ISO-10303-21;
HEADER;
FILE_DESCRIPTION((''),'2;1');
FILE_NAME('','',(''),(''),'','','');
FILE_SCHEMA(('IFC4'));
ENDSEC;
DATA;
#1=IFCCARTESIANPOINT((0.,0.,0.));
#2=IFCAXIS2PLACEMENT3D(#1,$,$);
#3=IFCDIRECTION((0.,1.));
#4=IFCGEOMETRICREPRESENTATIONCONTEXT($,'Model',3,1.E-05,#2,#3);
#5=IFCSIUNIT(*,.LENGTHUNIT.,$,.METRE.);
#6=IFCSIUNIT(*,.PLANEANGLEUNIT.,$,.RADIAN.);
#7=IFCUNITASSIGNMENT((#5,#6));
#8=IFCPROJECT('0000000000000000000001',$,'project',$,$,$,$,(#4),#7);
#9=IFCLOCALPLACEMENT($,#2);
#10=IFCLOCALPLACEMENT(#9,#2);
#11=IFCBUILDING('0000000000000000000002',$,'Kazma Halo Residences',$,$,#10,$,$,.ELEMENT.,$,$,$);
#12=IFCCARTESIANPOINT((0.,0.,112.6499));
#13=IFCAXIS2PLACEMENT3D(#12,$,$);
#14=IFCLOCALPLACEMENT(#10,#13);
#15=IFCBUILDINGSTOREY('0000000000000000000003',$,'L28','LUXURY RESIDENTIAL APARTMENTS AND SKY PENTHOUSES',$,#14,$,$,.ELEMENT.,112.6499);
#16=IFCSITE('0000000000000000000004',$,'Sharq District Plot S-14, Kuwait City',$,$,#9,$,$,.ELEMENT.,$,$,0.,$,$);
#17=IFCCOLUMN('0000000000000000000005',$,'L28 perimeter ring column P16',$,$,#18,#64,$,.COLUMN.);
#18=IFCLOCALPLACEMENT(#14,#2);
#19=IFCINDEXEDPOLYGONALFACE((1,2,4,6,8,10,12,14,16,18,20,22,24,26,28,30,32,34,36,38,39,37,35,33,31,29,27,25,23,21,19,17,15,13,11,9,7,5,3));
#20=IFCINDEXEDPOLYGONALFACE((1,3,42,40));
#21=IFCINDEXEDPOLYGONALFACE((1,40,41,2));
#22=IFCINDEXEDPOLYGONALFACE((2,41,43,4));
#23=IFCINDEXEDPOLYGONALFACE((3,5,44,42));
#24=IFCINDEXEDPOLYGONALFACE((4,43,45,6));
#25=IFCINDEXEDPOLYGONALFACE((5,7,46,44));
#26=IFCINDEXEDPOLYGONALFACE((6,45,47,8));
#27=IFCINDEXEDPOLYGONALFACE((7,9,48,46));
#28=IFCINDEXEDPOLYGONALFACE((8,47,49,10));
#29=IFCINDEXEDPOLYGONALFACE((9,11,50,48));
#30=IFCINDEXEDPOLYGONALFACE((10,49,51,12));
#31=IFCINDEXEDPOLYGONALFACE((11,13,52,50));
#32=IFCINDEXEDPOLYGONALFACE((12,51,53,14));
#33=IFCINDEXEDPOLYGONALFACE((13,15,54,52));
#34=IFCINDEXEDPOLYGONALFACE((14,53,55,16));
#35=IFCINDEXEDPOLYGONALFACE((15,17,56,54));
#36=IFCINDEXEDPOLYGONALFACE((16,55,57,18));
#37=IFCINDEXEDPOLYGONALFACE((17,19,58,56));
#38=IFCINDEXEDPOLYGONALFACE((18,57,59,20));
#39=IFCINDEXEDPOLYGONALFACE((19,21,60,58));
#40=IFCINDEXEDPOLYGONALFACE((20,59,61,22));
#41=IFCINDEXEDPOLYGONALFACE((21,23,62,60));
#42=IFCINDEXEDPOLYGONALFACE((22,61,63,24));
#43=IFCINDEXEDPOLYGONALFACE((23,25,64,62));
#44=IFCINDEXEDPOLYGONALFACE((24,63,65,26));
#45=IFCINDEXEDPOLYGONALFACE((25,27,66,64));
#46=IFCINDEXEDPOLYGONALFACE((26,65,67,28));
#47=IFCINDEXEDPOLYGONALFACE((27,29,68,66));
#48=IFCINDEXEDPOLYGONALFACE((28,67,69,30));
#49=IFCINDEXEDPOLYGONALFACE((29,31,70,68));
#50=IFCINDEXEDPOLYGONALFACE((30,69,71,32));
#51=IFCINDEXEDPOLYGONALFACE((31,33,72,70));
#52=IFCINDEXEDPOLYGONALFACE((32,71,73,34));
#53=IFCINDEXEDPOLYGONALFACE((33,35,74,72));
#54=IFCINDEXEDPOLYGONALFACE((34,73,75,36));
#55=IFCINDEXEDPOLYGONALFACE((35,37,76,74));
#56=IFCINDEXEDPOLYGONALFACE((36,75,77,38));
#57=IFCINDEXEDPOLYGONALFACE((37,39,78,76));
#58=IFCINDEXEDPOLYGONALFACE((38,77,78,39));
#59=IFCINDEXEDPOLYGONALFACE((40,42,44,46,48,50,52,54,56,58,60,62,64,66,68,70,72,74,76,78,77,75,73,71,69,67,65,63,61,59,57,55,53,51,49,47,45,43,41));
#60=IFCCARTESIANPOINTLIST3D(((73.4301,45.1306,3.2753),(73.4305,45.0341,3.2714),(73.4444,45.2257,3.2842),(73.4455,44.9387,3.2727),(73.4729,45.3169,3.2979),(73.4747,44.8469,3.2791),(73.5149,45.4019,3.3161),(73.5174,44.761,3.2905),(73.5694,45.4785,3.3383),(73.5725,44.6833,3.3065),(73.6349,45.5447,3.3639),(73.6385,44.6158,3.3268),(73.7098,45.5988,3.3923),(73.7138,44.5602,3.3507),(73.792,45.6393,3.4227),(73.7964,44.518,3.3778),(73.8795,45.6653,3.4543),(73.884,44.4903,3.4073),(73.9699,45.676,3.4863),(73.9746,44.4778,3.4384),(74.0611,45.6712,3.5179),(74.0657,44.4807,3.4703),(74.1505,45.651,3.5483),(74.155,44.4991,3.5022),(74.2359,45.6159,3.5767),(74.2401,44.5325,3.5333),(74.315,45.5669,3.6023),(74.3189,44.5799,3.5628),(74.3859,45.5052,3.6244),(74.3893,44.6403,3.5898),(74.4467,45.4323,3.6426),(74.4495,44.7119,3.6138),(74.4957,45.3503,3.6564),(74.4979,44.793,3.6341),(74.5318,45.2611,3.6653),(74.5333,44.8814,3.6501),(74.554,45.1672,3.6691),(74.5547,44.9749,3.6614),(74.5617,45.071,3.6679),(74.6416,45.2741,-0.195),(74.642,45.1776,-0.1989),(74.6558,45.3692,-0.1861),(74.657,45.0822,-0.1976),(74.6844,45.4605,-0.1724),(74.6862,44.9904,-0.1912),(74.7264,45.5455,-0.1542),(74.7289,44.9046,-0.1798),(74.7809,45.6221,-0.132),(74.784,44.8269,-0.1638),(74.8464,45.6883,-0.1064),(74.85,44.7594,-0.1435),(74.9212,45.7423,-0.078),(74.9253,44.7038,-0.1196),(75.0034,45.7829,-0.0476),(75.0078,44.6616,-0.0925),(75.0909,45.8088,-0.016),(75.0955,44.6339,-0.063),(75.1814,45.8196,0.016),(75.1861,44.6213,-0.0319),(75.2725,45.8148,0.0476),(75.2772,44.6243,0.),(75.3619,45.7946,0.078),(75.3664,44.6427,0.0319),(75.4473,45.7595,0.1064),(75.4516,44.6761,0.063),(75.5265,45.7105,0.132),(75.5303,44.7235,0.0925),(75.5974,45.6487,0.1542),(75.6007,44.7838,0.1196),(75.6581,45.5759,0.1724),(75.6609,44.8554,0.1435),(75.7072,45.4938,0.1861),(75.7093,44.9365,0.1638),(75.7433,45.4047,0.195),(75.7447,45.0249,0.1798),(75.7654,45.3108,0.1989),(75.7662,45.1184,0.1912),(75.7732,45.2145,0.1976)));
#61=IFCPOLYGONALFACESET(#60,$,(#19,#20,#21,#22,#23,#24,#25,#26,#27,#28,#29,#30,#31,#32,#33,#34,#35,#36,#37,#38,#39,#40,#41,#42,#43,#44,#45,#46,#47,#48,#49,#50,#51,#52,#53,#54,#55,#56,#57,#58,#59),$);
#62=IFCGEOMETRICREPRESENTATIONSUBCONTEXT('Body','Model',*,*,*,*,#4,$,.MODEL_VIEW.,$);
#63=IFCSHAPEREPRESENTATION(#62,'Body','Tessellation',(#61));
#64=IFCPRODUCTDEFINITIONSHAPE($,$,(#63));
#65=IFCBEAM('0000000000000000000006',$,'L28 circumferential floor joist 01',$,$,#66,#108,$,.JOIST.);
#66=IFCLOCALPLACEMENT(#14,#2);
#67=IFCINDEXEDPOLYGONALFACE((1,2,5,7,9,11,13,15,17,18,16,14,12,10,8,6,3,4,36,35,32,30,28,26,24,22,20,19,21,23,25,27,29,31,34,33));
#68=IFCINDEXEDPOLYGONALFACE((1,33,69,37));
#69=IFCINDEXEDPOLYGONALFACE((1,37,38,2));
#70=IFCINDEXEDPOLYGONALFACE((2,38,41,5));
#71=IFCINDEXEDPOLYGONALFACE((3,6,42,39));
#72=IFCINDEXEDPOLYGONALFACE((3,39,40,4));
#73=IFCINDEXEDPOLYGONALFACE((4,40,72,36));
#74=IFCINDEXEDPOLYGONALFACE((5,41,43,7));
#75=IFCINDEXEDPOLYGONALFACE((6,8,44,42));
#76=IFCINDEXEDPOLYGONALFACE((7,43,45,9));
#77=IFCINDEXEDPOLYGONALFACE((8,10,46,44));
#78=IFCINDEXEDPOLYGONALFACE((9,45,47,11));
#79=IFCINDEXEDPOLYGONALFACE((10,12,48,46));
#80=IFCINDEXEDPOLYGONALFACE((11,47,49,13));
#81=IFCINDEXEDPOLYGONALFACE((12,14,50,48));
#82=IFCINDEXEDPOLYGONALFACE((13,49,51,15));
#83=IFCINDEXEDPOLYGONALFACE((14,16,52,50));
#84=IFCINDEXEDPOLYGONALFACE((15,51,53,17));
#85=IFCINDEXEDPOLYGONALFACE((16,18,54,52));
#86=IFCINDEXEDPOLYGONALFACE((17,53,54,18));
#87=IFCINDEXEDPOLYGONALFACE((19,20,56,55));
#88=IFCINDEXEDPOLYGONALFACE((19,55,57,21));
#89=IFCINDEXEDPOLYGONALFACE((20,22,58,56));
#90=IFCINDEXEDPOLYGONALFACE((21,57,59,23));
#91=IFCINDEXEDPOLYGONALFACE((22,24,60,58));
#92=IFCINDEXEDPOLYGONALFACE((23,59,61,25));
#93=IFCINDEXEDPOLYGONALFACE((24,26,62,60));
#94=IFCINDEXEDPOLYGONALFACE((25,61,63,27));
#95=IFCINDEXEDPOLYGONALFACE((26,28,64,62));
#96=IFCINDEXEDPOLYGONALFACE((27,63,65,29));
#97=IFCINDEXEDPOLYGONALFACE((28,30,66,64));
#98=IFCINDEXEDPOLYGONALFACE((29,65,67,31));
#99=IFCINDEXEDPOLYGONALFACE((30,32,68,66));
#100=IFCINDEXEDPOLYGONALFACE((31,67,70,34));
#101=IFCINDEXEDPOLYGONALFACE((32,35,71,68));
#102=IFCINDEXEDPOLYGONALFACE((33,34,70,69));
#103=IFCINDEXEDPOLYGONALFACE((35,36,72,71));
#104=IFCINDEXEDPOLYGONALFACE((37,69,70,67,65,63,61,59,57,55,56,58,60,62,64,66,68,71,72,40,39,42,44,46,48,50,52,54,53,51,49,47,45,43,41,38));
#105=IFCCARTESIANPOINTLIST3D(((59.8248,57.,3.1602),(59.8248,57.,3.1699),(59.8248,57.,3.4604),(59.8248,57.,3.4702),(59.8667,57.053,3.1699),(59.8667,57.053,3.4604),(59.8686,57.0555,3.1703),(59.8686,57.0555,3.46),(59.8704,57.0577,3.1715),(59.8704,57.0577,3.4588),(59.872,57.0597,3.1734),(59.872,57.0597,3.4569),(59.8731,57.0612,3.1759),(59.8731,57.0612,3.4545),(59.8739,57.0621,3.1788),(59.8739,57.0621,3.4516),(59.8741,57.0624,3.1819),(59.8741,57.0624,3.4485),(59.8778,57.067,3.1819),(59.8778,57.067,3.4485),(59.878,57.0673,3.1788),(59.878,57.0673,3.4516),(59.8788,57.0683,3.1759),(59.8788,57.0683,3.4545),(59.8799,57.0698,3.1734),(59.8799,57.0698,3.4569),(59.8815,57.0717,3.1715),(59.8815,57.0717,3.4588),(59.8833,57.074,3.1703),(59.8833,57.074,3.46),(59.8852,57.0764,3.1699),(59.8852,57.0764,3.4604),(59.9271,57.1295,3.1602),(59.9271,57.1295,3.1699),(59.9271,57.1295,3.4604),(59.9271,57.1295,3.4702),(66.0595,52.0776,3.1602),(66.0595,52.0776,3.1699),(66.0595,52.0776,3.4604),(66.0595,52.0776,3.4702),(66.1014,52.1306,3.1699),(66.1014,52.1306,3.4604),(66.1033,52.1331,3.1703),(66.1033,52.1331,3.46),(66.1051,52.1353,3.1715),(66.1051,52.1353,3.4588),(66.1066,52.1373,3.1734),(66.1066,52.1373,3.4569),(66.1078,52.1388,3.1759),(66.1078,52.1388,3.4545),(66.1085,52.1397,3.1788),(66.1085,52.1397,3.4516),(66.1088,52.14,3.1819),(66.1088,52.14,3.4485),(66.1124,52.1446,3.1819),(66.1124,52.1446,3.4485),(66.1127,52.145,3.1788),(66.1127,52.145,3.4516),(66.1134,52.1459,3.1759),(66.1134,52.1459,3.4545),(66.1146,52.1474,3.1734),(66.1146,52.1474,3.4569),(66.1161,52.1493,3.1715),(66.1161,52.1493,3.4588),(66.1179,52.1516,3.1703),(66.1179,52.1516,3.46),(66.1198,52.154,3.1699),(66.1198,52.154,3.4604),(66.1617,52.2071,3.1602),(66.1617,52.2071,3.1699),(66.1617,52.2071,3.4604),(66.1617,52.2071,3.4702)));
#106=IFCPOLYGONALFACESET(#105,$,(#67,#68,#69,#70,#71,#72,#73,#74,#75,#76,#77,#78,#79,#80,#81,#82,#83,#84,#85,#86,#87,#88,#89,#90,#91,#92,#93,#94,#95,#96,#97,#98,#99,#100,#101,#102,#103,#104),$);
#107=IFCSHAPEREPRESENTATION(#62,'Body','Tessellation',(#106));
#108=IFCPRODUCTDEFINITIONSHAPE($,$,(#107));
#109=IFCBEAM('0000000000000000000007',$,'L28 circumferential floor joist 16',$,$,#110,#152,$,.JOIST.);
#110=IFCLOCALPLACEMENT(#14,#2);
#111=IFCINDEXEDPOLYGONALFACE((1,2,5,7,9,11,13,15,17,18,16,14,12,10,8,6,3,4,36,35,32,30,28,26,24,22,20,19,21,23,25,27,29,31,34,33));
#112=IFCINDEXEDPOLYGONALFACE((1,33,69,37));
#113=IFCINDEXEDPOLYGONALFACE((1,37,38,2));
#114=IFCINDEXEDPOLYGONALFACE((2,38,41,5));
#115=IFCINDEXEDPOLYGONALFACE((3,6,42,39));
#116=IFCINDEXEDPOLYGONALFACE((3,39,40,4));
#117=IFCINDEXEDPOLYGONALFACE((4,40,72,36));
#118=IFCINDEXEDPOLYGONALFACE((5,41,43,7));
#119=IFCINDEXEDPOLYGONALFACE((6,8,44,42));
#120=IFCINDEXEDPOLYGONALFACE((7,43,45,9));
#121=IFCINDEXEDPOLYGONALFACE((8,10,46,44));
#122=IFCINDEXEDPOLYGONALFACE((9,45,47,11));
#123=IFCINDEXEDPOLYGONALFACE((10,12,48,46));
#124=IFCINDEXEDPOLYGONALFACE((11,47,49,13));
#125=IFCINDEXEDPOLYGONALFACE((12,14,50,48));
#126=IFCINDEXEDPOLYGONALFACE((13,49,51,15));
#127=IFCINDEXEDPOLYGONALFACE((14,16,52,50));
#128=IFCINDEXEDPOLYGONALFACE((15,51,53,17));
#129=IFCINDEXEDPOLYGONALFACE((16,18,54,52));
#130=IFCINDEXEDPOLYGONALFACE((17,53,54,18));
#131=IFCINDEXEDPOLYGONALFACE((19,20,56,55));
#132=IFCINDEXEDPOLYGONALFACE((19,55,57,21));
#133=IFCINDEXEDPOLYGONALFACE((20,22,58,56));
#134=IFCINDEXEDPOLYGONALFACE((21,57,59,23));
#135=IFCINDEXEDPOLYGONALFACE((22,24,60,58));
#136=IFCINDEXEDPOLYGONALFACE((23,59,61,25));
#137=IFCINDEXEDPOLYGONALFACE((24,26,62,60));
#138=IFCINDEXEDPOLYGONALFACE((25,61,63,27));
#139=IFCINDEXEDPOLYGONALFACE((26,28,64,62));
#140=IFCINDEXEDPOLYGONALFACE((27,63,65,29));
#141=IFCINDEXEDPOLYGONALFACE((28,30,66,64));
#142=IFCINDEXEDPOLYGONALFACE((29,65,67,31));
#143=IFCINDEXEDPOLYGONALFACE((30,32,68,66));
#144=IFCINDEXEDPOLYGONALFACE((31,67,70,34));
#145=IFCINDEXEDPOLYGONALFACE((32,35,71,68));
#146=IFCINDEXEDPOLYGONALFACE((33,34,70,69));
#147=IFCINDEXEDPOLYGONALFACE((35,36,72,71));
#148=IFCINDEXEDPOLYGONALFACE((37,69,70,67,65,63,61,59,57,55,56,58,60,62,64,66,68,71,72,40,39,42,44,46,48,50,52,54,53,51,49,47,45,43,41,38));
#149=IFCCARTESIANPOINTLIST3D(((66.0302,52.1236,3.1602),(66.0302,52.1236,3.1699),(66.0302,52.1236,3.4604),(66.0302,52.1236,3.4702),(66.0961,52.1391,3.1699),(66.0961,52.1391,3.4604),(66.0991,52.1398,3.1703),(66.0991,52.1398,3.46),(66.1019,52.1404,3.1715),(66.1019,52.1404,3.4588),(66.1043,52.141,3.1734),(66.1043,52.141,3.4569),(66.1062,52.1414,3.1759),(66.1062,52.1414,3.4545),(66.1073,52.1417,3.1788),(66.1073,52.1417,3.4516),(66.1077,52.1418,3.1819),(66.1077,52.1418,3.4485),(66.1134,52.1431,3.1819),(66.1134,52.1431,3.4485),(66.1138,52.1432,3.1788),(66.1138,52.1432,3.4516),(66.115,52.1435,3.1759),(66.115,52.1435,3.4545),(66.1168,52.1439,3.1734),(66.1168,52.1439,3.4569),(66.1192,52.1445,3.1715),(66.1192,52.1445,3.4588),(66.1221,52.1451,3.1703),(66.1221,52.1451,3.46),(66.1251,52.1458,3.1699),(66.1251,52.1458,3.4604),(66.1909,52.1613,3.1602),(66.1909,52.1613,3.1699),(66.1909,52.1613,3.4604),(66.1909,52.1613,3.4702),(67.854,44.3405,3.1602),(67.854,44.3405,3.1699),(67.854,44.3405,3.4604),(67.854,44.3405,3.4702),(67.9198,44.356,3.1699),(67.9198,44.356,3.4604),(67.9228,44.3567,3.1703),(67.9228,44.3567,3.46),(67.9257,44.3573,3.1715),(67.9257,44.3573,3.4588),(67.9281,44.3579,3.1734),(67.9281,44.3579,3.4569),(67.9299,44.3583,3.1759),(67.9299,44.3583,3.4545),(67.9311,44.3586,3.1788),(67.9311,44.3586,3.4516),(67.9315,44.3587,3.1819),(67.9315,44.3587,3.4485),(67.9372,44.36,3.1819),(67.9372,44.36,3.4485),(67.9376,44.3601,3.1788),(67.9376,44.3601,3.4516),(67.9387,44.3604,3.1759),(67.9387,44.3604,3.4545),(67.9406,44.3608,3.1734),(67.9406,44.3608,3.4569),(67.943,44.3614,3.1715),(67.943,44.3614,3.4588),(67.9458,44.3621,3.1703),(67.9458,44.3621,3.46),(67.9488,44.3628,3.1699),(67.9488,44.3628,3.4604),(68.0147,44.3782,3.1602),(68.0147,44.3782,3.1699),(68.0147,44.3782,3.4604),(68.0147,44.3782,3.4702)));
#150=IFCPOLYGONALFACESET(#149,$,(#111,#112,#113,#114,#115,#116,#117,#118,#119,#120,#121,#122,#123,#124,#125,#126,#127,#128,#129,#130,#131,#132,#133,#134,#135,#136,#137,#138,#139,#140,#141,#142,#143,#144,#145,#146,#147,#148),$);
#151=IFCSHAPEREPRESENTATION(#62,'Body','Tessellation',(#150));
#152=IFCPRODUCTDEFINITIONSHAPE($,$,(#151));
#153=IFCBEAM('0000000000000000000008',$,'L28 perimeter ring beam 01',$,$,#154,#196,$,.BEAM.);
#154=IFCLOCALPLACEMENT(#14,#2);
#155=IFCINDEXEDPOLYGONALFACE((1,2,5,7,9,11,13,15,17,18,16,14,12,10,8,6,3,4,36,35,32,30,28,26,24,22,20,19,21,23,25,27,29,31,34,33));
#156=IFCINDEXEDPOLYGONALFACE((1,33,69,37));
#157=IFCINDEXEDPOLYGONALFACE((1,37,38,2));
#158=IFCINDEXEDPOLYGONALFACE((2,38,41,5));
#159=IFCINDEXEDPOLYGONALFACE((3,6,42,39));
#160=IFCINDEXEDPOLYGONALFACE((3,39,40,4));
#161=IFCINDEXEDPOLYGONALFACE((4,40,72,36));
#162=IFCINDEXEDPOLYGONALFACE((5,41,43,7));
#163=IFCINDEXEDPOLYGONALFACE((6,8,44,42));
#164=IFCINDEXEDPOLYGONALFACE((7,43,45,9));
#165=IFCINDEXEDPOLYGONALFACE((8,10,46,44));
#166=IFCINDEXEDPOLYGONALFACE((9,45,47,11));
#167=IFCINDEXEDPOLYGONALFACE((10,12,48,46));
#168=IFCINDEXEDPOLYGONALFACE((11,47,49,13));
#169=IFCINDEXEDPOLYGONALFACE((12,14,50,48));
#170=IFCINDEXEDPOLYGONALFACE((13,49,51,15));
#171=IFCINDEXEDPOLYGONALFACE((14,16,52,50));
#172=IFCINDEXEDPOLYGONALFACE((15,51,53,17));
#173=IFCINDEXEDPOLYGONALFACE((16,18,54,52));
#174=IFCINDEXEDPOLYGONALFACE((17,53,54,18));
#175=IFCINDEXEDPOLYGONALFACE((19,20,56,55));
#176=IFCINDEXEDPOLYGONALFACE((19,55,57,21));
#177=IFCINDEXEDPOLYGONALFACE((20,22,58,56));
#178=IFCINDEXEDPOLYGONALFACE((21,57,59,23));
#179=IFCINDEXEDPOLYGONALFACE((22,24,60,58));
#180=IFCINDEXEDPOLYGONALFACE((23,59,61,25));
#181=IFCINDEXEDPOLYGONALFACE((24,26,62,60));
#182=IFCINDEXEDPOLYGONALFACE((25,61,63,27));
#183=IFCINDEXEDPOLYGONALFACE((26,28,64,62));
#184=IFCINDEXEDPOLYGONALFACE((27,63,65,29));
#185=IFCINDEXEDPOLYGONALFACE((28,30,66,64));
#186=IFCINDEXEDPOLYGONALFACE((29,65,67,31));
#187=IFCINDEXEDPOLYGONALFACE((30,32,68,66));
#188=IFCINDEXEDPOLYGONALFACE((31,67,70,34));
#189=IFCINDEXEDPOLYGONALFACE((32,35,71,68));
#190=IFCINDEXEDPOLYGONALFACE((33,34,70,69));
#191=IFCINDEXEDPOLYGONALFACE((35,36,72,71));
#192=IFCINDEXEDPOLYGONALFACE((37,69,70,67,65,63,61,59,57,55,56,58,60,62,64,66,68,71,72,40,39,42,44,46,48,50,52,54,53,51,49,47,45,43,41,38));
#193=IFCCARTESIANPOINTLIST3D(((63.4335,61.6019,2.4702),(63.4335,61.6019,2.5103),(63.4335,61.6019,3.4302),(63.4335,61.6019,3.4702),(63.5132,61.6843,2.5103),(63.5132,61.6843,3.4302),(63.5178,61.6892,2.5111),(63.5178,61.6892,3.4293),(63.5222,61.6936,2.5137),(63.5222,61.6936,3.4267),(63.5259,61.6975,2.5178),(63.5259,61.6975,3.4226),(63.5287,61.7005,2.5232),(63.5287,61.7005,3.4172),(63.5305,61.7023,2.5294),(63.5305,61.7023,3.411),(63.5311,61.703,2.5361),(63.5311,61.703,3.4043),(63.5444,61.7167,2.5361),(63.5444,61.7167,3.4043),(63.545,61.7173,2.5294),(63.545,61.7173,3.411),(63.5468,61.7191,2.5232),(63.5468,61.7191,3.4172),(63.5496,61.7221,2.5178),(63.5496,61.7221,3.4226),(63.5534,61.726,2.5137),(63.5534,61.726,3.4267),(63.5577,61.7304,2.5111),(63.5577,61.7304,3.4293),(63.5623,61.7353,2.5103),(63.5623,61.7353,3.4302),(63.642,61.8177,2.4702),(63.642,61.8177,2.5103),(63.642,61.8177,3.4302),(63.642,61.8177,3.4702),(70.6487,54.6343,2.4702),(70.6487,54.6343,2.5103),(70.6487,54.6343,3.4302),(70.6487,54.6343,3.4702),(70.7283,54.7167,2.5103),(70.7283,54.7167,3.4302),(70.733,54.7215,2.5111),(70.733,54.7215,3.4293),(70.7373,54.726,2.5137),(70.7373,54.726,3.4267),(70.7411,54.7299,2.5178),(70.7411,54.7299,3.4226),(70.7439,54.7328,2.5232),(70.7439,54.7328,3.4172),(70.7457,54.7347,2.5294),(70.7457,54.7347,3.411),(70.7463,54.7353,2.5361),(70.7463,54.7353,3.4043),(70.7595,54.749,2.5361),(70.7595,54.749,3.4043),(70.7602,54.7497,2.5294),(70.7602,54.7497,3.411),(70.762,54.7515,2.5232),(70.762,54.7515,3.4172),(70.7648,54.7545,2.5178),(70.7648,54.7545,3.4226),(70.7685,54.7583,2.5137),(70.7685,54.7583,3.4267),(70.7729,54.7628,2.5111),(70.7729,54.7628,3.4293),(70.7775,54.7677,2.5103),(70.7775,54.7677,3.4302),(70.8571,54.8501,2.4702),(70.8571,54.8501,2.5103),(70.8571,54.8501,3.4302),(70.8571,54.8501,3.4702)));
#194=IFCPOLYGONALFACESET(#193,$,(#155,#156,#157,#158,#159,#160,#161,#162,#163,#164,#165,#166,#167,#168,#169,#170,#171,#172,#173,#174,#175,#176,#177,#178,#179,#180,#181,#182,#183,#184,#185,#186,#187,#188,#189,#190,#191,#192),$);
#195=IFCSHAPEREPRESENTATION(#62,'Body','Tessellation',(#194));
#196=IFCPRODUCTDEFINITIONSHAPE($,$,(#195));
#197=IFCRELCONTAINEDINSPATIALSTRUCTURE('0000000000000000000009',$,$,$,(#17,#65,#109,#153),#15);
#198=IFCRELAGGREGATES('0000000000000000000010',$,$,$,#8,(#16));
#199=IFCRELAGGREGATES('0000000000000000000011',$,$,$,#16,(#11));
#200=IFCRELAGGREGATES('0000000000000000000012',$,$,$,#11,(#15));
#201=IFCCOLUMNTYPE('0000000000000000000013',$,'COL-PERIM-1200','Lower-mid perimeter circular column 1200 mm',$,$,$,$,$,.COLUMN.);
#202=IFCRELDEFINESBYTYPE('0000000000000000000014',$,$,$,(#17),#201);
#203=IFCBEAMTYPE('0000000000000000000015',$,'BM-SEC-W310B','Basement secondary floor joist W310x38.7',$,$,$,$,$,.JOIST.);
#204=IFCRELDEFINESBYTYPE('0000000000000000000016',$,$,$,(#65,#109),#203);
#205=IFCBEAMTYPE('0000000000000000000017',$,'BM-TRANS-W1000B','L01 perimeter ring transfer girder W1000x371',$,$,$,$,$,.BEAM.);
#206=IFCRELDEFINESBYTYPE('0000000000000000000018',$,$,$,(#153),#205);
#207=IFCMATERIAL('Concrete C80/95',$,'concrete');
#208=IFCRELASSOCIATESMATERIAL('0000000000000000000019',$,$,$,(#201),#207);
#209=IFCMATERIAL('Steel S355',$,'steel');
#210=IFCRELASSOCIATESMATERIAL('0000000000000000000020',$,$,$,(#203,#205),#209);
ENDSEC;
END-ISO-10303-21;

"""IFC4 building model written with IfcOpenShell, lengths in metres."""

from ifc_helpers import new_model, si_unit, direction, frame, origin, origin_2d, place, context, subcontext, project, spatial, circle, i_section, extrude, material, material_profile, profile_set, type_object, element, save


model = new_model("IFC4")

# Units and contexts
model_context = context("Model", 3, precision=1e-05, world=origin(), true_north=direction((0.0, 1.0)))
body_context = subcontext(model_context, "Body", "Model", "MODEL_VIEW")
ifc_project = project(units=[si_unit("LENGTHUNIT", "METRE"), si_unit("PLANEANGLEUNIT", "RADIAN")], contexts=[model_context])

# Site, building, storey
site_placement = place(None, origin())
site = spatial("IfcSite", under=ifc_project, at=site_placement, Name="Sharq District Plot S-14, Kuwait City", CompositionType="ELEMENT", RefElevation=0.0)
building_placement = place(site_placement, origin())
building = spatial("IfcBuilding", under=site, at=building_placement, Name="Kazma Halo Residences", CompositionType="ELEMENT")
storey_placement = place(building_placement, frame((0.0, 0.0, 112.6499)))
storey = spatial("IfcBuildingStorey", under=building, at=storey_placement, Name="L28", Description="LUXURY RESIDENTIAL APARTMENTS AND SKY PENTHOUSES", CompositionType="ELEMENT", Elevation=112.6499)

# Column
ifc_material_1 = material(Name="Concrete C80/95", Category="concrete")
ifc_material_profile_1 = material_profile(ifc_material_1, circle(Radius=0.6001, at=origin_2d()), Name="CIRC1200")
ifc_profile_set_1 = profile_set([ifc_material_profile_1], Name="Concrete C80/95")
column_type = type_object("IfcColumnType", Name="COL-PERIM-1200", Description="Lower-mid perimeter circular column 1200 mm", PredefinedType="COLUMN", material=ifc_profile_set_1)
column_placement = place(storey_placement, frame((75.2065, 45.2202, 0.0), z_axis=(-0.329336, -0.039027, 0.943406), x_axis=(0.117677, -0.993052, 0.0)))
element("IfcColumn", 1, at=column_placement, inside=storey, type_object=column_type, Name="L28 perimeter ring column P16", PredefinedType="COLUMN", context=body_context, shape_type="SweptSolid", body=[
    extrude(circle(Radius=0.6001, at=origin_2d()), origin(), (0.0, 0.0, 1.0), 3.6785),
])

# Beams
ifc_material_2 = material(Name="Steel S355", Category="steel")
ifc_material_profile_2 = material_profile(ifc_material_2, i_section(OverallWidth=0.165, OverallDepth=0.3101, WebThickness=0.0059, FlangeThickness=0.0098, FilletRadius=0.012, at=origin_2d()), Name="W310x38.7")
ifc_profile_set_2 = profile_set([ifc_material_profile_2], Name="Steel S355")
beam_type_1 = type_object("IfcBeamType", Name="BM-SEC-W310B", Description="Basement secondary floor joist W310x38.7", PredefinedType="JOIST", material=ifc_profile_set_2)
beam_1_placement = place(storey_placement, frame((66.1106, 52.1423, 3.3152), z_axis=(-0.784865, 0.619667, 0.0), x_axis=(-0.619667, -0.784865, 0.0)))
element("IfcBeam", 2, at=beam_1_placement, inside=storey, type_object=beam_type_1, Name="L28 circumferential floor joist 01", PredefinedType="JOIST", context=body_context, shape_type="SweptSolid", body=[
    extrude(i_section(OverallWidth=0.165, OverallDepth=0.3101, WebThickness=0.0059, FlangeThickness=0.0098, FilletRadius=0.012, at=origin_2d()), origin(), (0.0, 0.0, 1.0), 7.9436),
])
beam_2_placement = place(storey_placement, frame((67.9343, 44.3594, 3.3152), z_axis=(-0.228144, 0.973627, 0.0), x_axis=(-0.973627, -0.228144, 0.0)))
element("IfcBeam", 3, at=beam_2_placement, inside=storey, type_object=beam_type_1, Name="L28 circumferential floor joist 16", PredefinedType="JOIST", context=body_context, shape_type="SweptSolid", body=[
    extrude(i_section(OverallWidth=0.165, OverallDepth=0.3101, WebThickness=0.0059, FlangeThickness=0.0098, FilletRadius=0.012, at=origin_2d()), origin(), (0.0, 0.0, 1.0), 7.9939),
])
ifc_material_profile_3 = material_profile(ifc_material_2, i_section(OverallWidth=0.3, OverallDepth=1.0, WebThickness=0.019, FlangeThickness=0.04, FilletRadius=0.0259, at=origin_2d()), Name="W1000x371")
ifc_profile_set_3 = profile_set([ifc_material_profile_3], Name="Steel S355")
beam_type_2 = type_object("IfcBeamType", Name="BM-TRANS-W1000B", Description="L01 perimeter ring transfer girder W1000x371", PredefinedType="BEAM", material=ifc_profile_set_3)
beam_3_placement = place(storey_placement, frame((70.7529, 54.7422, 2.9702), z_axis=(-0.71934, 0.694658, 0.0), x_axis=(-0.694658, -0.71934, 0.0)))
element("IfcBeam", 4, at=beam_3_placement, inside=storey, type_object=beam_type_2, Name="L28 perimeter ring beam 01", PredefinedType="BEAM", context=body_context, shape_type="SweptSolid", body=[
    extrude(i_section(OverallWidth=0.3, OverallDepth=1.0, WebThickness=0.019, FlangeThickness=0.04, FilletRadius=0.0259, at=origin_2d()), origin(), (0.0, 0.0, 1.0), 10.0303),
])

save(model, "model.ifc")
